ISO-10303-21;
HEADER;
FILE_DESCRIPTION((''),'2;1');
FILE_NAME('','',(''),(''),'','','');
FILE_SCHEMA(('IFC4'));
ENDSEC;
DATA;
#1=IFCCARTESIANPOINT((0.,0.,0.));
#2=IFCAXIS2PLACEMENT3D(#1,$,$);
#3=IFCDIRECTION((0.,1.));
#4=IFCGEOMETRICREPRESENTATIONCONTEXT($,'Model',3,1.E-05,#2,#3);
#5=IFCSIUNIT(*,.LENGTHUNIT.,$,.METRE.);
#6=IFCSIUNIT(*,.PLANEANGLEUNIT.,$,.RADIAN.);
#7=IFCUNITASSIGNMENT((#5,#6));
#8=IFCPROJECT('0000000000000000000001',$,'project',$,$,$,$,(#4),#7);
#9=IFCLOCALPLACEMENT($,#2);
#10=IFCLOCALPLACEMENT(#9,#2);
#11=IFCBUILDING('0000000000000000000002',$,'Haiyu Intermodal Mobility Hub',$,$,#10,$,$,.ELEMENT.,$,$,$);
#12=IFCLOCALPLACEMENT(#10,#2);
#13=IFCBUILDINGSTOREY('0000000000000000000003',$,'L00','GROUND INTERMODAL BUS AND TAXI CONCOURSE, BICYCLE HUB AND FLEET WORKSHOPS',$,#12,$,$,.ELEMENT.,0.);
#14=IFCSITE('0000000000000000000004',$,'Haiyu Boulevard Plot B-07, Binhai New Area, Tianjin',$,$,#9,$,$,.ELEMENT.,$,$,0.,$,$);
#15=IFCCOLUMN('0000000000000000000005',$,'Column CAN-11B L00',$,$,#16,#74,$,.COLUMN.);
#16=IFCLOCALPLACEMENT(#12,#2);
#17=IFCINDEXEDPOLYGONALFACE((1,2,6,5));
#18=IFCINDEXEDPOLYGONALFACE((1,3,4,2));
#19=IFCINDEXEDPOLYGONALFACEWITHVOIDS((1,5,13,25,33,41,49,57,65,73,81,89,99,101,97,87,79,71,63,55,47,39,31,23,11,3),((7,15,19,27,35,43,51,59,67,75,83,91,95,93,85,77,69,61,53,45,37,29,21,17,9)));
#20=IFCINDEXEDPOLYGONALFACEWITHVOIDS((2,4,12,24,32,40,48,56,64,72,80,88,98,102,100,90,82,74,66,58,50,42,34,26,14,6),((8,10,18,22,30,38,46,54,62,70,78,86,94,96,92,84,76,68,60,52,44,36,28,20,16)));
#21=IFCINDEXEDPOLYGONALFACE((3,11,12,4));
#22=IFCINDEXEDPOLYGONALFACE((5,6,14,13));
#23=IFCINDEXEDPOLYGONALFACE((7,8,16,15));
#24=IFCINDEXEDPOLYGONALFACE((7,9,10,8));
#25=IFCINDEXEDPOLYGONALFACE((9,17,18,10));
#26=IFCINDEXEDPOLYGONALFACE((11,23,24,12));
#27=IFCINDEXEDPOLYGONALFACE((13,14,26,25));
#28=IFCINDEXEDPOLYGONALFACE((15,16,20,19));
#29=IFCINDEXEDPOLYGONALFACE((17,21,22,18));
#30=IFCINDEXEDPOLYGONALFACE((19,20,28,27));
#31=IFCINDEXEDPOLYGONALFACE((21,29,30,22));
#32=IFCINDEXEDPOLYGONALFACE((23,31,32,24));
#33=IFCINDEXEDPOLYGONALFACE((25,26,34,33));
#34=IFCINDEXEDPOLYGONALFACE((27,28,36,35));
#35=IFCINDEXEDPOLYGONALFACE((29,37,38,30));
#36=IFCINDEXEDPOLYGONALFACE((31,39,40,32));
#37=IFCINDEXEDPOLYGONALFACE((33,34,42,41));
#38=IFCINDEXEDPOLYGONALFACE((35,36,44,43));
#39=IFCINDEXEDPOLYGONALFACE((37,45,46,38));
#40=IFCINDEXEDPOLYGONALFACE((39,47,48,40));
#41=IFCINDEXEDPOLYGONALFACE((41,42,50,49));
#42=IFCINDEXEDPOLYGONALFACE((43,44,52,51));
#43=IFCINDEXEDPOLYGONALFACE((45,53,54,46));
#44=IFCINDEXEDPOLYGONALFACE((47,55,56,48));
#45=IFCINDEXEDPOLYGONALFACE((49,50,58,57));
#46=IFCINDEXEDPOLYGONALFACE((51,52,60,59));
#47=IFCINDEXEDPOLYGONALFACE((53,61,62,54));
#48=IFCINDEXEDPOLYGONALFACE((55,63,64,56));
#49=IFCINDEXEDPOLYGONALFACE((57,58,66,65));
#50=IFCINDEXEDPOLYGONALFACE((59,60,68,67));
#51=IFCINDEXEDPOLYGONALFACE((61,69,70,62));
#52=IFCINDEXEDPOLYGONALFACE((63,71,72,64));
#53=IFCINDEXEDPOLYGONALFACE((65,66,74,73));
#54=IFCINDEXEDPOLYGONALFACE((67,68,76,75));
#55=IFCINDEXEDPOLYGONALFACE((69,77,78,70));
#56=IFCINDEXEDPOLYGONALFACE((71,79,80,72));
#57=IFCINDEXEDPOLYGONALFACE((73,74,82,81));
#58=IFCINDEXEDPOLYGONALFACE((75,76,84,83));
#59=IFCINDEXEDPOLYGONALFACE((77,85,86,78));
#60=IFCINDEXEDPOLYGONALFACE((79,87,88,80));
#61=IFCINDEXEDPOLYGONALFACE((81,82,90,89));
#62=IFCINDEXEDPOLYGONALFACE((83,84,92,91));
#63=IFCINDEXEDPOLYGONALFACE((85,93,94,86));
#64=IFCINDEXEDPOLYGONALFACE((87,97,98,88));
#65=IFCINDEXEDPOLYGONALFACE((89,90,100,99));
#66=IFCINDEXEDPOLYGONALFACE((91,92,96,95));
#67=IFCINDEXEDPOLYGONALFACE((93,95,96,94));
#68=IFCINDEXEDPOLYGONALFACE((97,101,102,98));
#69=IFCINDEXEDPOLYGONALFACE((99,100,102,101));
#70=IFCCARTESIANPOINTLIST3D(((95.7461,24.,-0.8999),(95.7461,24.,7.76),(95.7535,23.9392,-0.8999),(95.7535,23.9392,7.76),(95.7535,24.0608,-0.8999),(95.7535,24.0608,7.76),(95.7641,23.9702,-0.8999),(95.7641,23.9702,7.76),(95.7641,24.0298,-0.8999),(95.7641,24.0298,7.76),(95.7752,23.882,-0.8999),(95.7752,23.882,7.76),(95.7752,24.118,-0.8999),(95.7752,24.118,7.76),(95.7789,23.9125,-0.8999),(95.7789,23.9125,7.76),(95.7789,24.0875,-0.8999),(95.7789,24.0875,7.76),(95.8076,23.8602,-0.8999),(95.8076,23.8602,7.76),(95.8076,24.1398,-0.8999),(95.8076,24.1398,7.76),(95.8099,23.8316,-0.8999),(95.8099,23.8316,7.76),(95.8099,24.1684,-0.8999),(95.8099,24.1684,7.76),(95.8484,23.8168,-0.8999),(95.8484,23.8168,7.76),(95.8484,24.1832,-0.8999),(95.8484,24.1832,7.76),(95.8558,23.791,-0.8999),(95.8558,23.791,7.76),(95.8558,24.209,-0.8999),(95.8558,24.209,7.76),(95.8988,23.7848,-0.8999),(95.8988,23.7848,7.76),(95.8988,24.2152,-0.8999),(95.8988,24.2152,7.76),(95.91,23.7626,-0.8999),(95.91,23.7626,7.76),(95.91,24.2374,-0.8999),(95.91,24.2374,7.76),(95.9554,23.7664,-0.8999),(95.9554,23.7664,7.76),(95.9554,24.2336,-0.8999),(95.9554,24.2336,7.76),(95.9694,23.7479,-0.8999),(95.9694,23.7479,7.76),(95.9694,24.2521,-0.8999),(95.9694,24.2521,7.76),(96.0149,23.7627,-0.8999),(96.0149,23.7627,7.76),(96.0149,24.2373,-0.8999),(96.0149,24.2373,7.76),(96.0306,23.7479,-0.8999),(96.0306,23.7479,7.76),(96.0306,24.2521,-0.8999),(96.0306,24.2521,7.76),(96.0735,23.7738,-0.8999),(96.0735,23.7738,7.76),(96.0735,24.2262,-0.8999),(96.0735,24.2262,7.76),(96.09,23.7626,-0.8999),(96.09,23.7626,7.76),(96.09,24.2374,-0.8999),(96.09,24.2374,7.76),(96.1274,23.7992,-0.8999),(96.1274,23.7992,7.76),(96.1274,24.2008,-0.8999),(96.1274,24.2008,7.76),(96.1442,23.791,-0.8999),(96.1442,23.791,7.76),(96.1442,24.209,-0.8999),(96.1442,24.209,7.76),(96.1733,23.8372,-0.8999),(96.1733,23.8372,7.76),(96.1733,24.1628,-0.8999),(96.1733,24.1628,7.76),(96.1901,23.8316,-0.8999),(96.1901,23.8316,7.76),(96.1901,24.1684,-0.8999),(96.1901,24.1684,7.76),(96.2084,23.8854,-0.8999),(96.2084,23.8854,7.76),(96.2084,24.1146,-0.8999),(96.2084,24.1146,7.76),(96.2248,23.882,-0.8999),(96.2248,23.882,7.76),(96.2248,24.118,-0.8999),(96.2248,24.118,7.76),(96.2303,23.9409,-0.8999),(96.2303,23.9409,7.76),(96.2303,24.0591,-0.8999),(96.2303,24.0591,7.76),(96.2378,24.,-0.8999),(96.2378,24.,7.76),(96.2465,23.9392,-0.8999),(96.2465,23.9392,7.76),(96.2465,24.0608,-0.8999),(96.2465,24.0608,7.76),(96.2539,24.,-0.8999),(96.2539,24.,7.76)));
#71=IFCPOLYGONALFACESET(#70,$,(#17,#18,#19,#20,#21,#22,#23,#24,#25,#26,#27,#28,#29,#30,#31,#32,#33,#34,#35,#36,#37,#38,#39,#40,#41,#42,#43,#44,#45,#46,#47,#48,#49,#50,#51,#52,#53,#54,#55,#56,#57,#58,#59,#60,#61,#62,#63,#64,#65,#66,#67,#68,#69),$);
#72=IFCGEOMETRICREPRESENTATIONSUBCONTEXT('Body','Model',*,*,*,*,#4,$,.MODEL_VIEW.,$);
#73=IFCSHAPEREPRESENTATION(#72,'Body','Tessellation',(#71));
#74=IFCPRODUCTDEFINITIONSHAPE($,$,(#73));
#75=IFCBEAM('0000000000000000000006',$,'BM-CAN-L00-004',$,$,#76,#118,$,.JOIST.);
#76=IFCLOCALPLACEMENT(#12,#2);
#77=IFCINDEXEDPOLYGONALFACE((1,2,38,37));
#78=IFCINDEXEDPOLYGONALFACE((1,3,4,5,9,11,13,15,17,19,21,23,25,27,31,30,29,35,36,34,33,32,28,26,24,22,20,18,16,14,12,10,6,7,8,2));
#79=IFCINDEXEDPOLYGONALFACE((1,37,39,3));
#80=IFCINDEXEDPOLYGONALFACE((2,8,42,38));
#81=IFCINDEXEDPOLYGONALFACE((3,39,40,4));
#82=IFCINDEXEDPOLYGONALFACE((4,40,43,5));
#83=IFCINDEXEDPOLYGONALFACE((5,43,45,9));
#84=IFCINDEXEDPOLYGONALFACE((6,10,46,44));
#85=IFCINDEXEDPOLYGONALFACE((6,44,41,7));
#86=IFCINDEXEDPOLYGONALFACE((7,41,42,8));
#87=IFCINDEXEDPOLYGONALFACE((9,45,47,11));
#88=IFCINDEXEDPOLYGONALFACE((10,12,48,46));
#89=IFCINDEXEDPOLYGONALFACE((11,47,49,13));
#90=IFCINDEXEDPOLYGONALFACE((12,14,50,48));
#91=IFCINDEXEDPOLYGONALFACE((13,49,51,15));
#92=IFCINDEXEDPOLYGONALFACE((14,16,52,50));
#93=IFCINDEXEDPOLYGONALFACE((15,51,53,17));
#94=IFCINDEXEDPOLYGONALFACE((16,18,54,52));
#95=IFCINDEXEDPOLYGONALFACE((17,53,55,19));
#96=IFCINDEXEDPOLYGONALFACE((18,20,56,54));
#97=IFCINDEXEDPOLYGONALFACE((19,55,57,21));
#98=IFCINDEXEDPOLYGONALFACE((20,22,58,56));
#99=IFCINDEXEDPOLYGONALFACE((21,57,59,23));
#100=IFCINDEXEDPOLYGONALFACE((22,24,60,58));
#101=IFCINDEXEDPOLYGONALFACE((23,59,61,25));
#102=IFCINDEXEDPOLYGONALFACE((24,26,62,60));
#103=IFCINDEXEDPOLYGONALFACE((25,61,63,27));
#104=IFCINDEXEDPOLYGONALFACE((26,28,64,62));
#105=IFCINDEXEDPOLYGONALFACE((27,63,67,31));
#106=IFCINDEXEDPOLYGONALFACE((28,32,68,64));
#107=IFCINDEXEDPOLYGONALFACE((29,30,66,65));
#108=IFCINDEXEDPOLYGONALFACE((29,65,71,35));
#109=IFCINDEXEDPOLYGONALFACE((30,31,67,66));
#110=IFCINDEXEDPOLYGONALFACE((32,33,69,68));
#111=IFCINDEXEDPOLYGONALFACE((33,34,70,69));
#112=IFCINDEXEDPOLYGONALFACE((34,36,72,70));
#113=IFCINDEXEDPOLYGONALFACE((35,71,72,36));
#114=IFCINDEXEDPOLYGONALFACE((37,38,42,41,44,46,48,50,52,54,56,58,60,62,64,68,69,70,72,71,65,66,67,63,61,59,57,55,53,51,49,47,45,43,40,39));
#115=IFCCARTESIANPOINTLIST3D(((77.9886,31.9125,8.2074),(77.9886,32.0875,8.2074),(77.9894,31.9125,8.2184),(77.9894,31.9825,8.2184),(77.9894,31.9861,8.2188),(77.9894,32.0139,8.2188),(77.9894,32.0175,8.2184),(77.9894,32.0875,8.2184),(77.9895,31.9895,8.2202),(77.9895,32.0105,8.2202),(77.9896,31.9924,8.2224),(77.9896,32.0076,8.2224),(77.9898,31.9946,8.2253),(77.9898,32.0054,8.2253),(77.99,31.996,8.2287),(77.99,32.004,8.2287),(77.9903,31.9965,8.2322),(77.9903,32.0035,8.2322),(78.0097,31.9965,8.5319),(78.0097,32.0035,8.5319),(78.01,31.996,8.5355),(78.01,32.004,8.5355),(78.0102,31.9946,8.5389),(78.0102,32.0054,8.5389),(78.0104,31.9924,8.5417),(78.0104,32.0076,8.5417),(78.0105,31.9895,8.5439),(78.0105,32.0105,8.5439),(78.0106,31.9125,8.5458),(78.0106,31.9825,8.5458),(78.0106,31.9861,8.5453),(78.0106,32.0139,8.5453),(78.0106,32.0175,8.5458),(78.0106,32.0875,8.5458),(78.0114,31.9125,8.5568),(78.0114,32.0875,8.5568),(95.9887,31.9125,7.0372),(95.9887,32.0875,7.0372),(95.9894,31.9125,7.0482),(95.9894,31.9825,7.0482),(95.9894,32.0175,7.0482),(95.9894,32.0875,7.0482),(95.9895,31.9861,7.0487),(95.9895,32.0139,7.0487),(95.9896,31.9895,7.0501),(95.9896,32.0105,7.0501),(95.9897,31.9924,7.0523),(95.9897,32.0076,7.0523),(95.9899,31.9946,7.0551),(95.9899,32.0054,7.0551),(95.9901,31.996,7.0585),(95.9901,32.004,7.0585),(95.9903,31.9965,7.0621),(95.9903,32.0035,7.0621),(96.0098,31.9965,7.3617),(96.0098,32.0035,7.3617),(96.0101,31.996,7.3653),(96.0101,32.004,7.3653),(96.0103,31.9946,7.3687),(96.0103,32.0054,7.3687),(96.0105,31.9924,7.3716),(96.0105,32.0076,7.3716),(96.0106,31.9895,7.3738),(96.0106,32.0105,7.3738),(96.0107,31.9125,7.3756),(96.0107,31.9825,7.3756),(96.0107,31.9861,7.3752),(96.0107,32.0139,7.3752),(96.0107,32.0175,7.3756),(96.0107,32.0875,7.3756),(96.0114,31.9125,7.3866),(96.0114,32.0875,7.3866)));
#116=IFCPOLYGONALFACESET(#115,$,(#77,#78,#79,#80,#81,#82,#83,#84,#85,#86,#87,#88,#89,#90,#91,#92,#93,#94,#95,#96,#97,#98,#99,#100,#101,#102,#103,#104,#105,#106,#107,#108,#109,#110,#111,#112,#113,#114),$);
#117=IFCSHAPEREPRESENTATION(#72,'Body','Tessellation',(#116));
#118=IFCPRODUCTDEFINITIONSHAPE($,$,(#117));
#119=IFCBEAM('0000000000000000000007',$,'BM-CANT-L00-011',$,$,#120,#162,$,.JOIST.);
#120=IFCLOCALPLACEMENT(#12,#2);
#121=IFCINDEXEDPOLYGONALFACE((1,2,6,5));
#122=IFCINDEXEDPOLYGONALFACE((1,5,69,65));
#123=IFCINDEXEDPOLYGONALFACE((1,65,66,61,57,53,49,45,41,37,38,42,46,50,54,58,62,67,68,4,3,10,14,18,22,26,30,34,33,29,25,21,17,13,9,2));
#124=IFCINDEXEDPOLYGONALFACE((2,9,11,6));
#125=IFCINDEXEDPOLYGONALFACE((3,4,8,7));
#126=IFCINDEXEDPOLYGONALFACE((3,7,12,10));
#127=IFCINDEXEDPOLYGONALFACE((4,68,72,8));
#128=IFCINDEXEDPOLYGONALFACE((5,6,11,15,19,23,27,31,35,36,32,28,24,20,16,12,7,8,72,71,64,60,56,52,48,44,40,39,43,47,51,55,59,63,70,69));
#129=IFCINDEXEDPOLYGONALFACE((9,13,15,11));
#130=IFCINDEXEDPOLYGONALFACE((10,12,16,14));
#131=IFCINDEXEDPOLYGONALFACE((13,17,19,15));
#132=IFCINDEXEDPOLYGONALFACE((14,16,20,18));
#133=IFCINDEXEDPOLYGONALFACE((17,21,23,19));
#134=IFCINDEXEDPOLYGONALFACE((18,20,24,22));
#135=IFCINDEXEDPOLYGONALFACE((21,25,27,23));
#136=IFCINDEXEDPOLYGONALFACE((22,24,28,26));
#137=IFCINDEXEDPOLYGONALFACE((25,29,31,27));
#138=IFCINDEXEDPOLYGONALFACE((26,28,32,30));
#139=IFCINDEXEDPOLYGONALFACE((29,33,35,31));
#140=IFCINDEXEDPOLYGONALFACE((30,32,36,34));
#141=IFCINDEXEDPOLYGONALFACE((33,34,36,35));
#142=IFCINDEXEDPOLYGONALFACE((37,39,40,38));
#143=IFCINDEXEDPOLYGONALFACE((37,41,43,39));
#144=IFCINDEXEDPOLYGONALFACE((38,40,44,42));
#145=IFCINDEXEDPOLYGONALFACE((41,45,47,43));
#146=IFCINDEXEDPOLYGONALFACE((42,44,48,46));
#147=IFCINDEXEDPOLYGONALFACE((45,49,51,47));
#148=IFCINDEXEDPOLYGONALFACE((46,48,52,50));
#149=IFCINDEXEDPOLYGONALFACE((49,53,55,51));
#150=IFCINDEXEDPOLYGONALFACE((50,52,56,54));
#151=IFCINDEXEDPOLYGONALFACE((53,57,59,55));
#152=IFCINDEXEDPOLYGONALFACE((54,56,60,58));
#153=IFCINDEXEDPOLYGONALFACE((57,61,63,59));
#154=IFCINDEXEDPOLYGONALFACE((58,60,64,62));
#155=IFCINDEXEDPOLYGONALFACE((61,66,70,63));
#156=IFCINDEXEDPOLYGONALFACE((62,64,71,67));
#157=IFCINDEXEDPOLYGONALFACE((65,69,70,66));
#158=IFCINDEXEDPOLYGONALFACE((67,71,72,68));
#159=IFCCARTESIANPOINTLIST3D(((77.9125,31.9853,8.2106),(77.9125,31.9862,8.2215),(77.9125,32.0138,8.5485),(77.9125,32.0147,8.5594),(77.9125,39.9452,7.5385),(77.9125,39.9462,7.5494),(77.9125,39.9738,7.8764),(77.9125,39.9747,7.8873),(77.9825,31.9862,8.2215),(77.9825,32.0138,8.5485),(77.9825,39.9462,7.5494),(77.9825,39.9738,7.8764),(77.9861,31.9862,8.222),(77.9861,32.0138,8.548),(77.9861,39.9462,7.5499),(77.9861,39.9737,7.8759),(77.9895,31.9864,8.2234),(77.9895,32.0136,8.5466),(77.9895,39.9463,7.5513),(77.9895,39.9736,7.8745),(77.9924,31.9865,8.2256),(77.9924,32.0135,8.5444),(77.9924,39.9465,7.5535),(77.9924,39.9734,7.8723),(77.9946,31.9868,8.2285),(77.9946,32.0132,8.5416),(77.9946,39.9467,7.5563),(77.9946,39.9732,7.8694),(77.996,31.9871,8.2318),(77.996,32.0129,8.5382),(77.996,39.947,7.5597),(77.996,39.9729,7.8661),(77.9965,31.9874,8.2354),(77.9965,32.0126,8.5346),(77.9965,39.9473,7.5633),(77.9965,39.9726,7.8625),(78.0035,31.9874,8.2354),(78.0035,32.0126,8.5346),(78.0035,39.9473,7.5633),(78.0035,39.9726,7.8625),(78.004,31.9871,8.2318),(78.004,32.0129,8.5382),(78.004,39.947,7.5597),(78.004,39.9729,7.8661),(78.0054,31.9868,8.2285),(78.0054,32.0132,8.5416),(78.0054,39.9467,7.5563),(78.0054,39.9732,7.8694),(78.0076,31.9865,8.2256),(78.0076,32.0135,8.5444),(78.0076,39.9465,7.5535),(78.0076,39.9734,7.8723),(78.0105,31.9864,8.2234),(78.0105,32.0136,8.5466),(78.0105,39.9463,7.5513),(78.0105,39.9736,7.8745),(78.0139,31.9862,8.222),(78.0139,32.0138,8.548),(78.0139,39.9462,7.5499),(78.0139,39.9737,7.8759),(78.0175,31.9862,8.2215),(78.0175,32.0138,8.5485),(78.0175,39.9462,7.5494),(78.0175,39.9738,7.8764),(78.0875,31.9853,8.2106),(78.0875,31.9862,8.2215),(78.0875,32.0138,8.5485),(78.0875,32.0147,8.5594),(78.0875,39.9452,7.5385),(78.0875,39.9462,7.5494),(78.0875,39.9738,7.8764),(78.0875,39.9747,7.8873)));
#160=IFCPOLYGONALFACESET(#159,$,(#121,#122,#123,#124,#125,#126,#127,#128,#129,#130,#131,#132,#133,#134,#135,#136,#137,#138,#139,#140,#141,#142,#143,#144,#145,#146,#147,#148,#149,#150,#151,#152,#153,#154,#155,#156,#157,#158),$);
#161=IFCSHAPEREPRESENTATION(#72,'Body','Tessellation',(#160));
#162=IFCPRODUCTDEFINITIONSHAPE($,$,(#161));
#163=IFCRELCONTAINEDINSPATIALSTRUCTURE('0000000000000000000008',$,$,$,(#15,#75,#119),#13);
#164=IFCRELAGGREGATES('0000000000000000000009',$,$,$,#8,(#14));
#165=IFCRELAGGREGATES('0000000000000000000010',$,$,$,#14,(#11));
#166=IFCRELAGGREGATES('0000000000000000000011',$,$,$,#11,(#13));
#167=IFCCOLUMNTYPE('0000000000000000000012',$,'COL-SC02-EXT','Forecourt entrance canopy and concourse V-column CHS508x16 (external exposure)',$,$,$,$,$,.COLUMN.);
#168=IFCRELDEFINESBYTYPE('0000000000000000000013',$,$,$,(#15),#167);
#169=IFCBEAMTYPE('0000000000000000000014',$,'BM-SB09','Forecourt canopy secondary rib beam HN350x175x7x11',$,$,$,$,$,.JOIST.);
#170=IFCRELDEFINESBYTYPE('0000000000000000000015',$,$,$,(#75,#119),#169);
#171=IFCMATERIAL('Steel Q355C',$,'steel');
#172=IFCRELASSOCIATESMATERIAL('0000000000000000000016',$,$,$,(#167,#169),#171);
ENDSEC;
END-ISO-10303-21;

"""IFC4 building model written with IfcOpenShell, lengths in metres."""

from ifc_helpers import new_model, si_unit, direction, frame, origin, origin_2d, place, context, subcontext, project, spatial, hollow_circle, i_section, extrude, material, material_profile, profile_set, type_object, element, save


model = new_model("IFC4")

# Units and contexts
model_context = context("Model", 3, precision=1e-05, world=origin(), true_north=direction((0.0, 1.0)))
body_context = subcontext(model_context, "Body", "Model", "MODEL_VIEW")
ifc_project = project(units=[si_unit("LENGTHUNIT", "METRE"), si_unit("PLANEANGLEUNIT", "RADIAN")], contexts=[model_context])

# Site, building, storey
site_placement = place(None, origin())
site = spatial("IfcSite", under=ifc_project, at=site_placement, Name="Haiyu Boulevard Plot B-07, Binhai New Area, Tianjin", CompositionType="ELEMENT", RefElevation=0.0)
building_placement = place(site_placement, origin())
building = spatial("IfcBuilding", under=site, at=building_placement, Name="Haiyu Intermodal Mobility Hub", CompositionType="ELEMENT")
storey_placement = place(building_placement, origin())
storey = spatial("IfcBuildingStorey", under=building, at=storey_placement, Name="L00", Description="GROUND INTERMODAL BUS AND TAXI CONCOURSE, BICYCLE HUB AND FLEET WORKSHOPS", CompositionType="ELEMENT", Elevation=0.0)

# Column
ifc_material_1 = material(Name="Steel Q355C", Category="steel")
ifc_material_profile_1 = material_profile(ifc_material_1, hollow_circle(Radius=0.2539, WallThickness=0.0161, at=origin_2d()), Name="CHS508x16")
ifc_profile_set_1 = profile_set([ifc_material_profile_1], Name="Steel Q355C")
column_type = type_object("IfcColumnType", Name="COL-SC02-EXT", Description="Forecourt entrance canopy and concourse V-column CHS508x16 (external exposure)", PredefinedType="COLUMN", material=ifc_profile_set_1)
column_1_placement = place(storey_placement, frame((96.0, 24.0, -0.8999), z_axis=(0.0, 0.0, 1.0), x_axis=(1.0, 0.0, 0.0)))
element("IfcColumn", 1, at=column_1_placement, inside=storey, type_object=column_type, Name="Column CAN-11B L00", PredefinedType="COLUMN", context=body_context, shape_type="SweptSolid", body=[
    extrude(hollow_circle(Radius=0.2539, WallThickness=0.0161, at=origin_2d()), origin(), (0.0, 0.0, 1.0), 8.6599),
])

# Beams
ifc_material_profile_2 = material_profile(ifc_material_1, i_section(OverallWidth=0.175, OverallDepth=0.3501, WebThickness=0.0071, FlangeThickness=0.011, FilletRadius=0.0139, at=origin_2d()), Name="HN350x175x7x11")
ifc_profile_set_2 = profile_set([ifc_material_profile_2], Name="Steel Q355C")
beam_type_1 = type_object("IfcBeamType", Name="BM-SB09", Description="Forecourt canopy secondary rib beam HN350x175x7x11", PredefinedType="JOIST", material=ifc_profile_set_2)
beam_1_placement = place(storey_placement, frame((78.0, 32.0, 8.3821), z_axis=(0.997894, 0.0, -0.064872), x_axis=(0.0, 1.0, 0.0)))
element("IfcBeam", 2, at=beam_1_placement, inside=storey, type_object=beam_type_1, Name="BM-CAN-L00-004", PredefinedType="JOIST", context=body_context, shape_type="SweptSolid", body=[
    extrude(i_section(OverallWidth=0.175, OverallDepth=0.3501, WebThickness=0.0071, FlangeThickness=0.011, FilletRadius=0.0139, at=origin_2d()), origin(), (0.0, 0.0, 1.0), 18.0381),
])
beam_2_placement = place(storey_placement, frame((78.0, 32.0, 8.385), z_axis=(0.0, 0.996454, -0.084138), x_axis=(-1.0, 0.0, 0.0)))
element("IfcBeam", 3, at=beam_2_placement, inside=storey, type_object=beam_type_1, Name="BM-CANT-L00-011", PredefinedType="JOIST", context=body_context, shape_type="SweptSolid", body=[
    extrude(i_section(OverallWidth=0.175, OverallDepth=0.3501, WebThickness=0.0071, FlangeThickness=0.011, FilletRadius=0.0139, at=origin_2d()), origin(), (0.0, 0.0, 1.0), 7.9883),
])

save(model, "model.ifc")
